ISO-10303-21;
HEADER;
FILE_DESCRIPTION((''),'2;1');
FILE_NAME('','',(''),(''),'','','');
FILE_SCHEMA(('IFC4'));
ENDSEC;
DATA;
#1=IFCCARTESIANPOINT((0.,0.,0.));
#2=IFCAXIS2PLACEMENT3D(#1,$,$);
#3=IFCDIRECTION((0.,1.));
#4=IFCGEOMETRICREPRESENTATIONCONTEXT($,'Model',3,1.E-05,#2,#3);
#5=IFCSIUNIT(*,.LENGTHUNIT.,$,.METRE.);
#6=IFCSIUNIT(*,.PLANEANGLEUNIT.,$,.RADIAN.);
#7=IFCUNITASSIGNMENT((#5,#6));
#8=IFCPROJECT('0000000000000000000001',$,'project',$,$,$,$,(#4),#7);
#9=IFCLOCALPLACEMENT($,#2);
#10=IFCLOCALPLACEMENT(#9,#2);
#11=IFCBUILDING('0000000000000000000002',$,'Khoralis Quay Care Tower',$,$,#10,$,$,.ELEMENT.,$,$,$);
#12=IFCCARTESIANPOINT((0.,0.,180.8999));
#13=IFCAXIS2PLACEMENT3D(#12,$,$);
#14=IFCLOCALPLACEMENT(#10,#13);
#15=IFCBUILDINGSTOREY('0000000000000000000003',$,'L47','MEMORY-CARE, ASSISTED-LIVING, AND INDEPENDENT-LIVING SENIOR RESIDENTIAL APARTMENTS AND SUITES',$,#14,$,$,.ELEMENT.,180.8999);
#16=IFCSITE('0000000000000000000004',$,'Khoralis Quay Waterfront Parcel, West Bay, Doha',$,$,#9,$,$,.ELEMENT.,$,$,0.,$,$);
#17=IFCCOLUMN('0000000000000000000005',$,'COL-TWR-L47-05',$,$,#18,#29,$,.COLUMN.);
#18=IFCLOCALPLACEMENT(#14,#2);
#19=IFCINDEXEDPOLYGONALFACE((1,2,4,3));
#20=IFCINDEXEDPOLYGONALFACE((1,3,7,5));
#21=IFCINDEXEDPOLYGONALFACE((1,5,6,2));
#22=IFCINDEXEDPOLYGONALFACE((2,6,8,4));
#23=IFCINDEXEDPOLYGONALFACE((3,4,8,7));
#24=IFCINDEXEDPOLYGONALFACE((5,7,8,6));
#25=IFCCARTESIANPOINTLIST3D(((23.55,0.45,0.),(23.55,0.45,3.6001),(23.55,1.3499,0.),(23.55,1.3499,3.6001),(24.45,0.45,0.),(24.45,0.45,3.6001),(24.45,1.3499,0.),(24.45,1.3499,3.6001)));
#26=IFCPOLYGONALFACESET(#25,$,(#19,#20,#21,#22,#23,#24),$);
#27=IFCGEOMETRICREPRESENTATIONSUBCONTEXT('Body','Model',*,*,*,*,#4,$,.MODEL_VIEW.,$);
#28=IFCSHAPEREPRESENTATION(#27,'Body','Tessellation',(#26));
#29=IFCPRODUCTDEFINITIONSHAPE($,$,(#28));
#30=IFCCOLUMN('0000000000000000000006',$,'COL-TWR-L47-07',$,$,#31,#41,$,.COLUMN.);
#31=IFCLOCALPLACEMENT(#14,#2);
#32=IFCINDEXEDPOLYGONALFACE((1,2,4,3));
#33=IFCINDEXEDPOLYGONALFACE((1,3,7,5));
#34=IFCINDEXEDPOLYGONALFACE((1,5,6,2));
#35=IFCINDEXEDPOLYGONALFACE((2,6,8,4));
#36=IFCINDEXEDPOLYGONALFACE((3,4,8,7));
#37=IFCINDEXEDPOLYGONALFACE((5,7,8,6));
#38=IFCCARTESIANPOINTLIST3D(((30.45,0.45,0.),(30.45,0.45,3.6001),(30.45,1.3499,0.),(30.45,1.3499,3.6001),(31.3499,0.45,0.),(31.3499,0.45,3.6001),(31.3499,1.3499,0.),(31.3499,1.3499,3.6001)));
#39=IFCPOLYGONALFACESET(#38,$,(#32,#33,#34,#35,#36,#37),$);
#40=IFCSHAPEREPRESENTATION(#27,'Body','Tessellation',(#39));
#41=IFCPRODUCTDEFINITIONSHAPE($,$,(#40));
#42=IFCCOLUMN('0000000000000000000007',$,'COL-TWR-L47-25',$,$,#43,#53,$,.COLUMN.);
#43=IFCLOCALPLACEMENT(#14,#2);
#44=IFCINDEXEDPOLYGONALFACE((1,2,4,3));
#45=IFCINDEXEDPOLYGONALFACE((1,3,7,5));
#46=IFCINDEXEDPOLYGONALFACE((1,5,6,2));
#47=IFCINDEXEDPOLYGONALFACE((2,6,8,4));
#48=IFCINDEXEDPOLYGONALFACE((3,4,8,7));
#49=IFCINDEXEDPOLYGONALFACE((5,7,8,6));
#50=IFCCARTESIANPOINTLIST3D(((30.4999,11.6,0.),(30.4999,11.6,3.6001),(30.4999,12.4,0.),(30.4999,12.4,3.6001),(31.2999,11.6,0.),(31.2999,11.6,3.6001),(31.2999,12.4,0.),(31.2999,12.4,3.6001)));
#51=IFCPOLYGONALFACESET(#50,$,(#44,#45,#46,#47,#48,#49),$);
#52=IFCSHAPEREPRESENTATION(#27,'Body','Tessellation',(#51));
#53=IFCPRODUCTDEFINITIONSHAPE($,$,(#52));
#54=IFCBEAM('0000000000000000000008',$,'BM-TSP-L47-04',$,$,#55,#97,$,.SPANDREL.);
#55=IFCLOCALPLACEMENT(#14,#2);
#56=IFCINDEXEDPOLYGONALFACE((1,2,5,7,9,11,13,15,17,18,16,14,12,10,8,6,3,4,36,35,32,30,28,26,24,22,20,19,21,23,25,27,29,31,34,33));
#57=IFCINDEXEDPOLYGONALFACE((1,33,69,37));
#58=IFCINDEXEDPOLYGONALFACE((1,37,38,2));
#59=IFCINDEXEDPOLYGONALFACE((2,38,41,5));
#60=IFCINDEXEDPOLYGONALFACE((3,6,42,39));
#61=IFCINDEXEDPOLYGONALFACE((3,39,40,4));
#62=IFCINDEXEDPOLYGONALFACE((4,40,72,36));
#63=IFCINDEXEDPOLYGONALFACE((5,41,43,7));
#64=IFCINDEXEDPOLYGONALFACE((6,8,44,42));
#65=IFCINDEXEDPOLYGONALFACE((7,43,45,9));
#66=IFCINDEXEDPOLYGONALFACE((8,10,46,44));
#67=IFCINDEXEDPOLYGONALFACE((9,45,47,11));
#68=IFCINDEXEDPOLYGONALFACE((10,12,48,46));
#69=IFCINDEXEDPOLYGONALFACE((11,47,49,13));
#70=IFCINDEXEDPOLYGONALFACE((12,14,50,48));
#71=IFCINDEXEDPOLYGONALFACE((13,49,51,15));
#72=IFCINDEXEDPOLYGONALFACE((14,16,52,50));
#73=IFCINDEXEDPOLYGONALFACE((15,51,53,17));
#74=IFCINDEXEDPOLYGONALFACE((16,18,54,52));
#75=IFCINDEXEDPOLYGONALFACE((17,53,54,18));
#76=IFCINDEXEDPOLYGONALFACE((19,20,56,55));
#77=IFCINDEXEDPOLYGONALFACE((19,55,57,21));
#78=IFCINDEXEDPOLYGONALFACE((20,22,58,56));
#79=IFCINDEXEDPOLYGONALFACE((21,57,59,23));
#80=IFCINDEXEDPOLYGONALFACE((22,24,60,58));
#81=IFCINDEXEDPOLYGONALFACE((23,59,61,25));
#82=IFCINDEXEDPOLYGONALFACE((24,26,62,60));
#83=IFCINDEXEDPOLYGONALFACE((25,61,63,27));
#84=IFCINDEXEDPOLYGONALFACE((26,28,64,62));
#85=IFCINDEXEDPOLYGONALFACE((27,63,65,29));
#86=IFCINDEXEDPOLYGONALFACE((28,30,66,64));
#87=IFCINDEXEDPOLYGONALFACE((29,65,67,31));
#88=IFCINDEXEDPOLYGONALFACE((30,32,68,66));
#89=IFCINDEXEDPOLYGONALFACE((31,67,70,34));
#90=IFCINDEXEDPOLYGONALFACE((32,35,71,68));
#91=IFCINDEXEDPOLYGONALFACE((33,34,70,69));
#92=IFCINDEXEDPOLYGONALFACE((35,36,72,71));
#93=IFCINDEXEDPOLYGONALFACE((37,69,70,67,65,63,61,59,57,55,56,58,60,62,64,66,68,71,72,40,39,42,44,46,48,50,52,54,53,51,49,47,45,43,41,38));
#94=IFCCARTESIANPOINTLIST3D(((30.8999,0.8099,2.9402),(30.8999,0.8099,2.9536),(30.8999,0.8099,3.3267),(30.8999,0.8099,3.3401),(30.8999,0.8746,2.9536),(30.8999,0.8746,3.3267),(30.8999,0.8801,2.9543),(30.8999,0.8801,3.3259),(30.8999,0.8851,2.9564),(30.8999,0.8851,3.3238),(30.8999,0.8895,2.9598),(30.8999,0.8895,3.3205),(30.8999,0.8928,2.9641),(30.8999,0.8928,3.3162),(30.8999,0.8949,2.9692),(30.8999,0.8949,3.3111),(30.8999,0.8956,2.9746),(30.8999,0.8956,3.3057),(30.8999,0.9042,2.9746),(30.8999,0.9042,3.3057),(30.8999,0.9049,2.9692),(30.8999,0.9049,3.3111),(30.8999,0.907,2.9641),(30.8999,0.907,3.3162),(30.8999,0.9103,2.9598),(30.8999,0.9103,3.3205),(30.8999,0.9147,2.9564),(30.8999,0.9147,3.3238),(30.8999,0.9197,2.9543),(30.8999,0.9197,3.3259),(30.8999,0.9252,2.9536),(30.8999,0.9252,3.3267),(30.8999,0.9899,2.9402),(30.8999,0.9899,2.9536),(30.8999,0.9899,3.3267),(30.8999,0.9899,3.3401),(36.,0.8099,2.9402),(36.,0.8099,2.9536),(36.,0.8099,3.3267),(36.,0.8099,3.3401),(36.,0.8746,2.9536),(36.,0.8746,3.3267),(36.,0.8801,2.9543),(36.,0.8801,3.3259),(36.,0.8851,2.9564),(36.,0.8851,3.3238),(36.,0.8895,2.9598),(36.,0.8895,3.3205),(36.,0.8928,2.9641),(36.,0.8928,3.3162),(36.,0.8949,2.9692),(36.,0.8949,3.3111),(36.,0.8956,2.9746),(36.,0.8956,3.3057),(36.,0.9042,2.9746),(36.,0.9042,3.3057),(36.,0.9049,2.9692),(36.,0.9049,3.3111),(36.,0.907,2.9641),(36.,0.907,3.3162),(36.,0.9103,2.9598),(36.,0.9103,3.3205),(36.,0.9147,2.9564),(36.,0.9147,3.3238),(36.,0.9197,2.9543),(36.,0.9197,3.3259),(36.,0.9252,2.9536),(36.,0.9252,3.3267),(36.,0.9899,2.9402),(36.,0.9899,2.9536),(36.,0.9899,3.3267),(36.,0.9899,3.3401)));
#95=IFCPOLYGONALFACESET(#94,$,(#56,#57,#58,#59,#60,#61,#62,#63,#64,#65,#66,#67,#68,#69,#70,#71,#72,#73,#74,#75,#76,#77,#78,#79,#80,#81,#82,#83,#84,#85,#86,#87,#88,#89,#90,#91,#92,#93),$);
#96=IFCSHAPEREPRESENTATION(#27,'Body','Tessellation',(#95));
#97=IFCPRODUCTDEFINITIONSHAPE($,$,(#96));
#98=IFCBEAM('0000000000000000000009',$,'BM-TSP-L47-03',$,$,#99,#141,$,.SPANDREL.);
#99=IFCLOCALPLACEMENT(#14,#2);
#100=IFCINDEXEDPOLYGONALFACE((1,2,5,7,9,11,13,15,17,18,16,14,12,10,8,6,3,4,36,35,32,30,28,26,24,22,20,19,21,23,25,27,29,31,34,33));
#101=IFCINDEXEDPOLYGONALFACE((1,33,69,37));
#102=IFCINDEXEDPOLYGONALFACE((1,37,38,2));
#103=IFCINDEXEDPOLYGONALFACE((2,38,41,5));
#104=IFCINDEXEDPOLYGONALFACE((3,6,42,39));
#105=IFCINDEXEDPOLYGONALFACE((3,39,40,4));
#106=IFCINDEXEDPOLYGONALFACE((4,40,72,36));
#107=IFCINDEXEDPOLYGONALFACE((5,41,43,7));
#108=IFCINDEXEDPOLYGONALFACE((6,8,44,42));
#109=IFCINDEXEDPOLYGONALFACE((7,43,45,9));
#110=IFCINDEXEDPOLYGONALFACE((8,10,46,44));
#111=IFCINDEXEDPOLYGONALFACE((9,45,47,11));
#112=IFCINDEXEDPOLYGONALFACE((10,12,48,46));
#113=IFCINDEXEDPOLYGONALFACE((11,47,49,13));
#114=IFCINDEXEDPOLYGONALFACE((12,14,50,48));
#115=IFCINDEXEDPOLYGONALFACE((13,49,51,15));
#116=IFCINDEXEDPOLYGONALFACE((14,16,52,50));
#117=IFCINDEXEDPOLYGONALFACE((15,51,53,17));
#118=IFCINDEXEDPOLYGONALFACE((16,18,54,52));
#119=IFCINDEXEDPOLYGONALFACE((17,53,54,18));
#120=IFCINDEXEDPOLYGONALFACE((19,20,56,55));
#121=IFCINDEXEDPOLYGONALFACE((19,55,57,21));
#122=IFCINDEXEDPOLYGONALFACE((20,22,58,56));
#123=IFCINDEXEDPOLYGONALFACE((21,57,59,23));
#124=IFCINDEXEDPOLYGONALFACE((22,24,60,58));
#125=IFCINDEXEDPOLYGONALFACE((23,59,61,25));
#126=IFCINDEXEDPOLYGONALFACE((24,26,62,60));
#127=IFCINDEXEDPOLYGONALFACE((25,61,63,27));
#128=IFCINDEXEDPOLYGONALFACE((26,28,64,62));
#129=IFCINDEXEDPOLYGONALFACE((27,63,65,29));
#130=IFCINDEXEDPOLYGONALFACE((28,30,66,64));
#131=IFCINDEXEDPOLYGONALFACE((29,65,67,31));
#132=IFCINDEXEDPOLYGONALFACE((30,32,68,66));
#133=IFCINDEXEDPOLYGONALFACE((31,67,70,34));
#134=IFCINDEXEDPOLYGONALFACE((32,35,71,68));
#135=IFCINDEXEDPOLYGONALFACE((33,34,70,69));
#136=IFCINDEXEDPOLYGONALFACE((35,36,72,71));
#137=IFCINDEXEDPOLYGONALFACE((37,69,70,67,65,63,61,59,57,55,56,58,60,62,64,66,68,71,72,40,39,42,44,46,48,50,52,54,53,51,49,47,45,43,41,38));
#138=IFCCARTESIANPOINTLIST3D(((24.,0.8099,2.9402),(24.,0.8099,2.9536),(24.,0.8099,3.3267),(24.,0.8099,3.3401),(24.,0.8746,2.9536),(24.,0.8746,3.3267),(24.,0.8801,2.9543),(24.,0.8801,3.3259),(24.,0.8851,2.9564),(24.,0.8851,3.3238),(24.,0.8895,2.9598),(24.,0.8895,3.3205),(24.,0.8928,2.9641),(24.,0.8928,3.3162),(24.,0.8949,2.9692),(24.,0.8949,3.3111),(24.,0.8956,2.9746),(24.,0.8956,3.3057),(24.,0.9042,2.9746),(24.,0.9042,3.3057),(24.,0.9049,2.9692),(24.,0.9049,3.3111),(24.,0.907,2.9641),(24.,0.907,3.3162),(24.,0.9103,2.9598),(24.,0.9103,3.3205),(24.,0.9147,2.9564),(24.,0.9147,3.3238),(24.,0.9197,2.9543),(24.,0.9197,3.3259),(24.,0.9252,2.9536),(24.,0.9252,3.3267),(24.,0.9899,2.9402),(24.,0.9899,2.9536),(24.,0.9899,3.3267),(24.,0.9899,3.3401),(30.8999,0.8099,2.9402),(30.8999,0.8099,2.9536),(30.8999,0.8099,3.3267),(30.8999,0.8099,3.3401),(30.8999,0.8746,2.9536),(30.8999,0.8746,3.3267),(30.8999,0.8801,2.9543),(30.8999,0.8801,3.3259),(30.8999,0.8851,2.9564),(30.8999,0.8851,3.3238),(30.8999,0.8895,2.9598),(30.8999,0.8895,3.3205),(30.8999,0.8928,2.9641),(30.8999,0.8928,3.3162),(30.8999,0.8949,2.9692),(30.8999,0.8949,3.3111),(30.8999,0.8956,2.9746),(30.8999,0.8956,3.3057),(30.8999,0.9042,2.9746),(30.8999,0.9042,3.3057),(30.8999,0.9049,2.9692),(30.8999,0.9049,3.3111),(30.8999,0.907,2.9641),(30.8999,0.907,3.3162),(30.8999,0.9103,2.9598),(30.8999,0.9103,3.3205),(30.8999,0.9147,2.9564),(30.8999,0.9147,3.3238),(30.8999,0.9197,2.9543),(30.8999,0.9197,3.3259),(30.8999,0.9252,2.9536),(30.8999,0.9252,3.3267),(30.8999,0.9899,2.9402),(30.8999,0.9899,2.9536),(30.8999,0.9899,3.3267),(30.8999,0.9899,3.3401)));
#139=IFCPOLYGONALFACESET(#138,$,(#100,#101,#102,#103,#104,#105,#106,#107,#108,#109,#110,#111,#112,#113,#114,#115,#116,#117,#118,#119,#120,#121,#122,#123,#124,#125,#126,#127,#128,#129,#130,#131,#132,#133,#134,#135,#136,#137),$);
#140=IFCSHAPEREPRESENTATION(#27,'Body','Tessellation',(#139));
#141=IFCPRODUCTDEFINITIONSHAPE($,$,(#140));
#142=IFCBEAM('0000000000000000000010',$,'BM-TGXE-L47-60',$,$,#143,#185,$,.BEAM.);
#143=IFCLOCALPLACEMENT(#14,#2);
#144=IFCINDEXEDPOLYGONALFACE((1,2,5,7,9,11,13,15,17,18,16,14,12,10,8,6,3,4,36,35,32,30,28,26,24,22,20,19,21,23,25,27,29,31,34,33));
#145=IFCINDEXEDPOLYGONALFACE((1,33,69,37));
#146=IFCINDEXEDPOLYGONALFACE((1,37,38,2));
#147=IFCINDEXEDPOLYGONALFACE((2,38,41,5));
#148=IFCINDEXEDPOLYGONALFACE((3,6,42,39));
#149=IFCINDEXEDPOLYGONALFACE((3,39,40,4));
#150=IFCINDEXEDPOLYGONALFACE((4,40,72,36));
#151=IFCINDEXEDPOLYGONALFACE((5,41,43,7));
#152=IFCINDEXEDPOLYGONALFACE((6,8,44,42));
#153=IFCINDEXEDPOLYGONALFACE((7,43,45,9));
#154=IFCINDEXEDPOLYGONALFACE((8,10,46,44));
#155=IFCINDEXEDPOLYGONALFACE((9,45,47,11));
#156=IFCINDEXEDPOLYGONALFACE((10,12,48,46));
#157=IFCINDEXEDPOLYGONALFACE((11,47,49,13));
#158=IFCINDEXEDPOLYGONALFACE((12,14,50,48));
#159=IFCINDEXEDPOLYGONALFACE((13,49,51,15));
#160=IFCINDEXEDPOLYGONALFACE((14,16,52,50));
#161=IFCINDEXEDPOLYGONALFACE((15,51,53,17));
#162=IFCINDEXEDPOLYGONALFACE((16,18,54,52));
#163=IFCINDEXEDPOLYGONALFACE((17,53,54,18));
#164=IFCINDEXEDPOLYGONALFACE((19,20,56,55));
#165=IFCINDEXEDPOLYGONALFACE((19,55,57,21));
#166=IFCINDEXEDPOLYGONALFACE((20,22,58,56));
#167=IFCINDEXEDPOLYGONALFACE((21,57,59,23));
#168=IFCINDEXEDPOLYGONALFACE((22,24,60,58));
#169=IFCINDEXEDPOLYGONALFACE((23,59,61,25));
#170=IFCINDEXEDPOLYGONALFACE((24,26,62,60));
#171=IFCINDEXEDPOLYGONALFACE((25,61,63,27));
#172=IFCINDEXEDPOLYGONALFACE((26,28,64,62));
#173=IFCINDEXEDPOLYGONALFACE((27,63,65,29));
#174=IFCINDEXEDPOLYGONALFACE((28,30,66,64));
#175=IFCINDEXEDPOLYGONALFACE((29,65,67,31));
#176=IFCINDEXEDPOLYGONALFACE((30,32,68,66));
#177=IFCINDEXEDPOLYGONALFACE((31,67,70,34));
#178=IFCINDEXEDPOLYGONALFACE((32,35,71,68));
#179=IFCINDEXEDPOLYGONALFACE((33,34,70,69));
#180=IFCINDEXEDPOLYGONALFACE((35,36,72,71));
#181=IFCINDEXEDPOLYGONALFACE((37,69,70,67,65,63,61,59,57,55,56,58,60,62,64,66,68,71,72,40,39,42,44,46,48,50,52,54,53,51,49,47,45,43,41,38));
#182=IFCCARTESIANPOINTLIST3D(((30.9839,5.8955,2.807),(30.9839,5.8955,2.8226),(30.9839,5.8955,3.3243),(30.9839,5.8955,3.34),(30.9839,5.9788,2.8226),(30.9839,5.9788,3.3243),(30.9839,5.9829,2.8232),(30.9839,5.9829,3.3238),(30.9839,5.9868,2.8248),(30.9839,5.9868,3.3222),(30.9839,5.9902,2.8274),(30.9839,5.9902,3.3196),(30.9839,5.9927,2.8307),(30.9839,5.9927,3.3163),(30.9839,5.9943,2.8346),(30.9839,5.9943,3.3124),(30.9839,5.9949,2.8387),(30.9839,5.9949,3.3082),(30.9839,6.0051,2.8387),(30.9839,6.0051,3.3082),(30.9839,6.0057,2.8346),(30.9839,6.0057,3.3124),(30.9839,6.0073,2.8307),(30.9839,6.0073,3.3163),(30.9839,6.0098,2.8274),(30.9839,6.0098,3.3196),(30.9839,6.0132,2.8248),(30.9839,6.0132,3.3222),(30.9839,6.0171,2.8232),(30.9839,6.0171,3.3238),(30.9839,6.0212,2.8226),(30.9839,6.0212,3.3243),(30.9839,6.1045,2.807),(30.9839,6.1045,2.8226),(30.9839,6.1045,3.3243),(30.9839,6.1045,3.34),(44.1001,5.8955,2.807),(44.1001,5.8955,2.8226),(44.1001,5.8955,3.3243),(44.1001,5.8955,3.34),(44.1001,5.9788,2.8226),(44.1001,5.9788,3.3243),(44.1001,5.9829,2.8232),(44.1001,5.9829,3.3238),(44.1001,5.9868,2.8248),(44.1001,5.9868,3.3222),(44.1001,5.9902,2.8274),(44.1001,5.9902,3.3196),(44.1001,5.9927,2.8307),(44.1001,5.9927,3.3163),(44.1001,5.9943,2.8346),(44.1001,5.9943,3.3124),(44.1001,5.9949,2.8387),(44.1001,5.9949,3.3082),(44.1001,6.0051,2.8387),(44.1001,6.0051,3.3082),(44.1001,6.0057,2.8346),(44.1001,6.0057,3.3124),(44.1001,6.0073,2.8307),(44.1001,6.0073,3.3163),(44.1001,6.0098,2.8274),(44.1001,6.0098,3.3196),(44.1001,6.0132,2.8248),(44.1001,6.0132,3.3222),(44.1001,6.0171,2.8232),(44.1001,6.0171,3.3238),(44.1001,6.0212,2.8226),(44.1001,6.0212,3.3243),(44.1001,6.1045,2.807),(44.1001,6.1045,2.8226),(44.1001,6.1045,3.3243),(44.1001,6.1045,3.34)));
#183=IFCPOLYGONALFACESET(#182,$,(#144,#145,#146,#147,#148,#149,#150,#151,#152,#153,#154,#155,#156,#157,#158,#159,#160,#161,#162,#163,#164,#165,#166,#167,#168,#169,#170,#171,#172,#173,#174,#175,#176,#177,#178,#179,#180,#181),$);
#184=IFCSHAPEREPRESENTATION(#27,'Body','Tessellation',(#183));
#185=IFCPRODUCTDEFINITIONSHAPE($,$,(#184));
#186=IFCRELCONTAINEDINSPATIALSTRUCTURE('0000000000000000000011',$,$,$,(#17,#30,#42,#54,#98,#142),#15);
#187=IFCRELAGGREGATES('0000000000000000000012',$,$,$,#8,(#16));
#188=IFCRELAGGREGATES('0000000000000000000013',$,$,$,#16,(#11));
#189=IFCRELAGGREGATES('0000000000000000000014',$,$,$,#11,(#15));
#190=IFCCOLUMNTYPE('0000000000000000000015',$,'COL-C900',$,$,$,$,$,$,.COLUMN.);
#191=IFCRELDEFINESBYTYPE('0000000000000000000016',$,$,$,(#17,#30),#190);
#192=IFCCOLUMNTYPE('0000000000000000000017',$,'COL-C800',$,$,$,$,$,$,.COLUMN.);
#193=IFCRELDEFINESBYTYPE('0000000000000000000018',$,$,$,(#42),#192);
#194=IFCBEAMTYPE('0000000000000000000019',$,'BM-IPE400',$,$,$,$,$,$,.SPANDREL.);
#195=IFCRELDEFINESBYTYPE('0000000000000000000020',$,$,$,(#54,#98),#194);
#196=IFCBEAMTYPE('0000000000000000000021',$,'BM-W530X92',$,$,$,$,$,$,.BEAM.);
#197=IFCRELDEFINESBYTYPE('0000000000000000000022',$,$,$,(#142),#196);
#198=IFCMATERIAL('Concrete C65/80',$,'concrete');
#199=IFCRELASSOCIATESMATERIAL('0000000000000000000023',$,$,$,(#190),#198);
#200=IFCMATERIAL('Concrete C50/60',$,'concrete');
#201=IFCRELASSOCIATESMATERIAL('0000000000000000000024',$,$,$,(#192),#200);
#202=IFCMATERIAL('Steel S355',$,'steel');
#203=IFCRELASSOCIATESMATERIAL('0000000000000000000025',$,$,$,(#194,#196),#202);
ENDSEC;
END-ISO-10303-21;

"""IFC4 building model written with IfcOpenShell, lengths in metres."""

from ifc_helpers import new_model, si_unit, direction, frame, origin, origin_2d, place, context, subcontext, project, spatial, rectangle, i_section, extrude, source, transform, mapped, material, material_profile, profile_set, type_object, element, save


model = new_model("IFC4")

# Units and contexts
model_context = context("Model", 3, precision=1e-05, world=origin(), true_north=direction((0.0, 1.0)))
body_context = subcontext(model_context, "Body", "Model", "MODEL_VIEW")
ifc_project = project(units=[si_unit("LENGTHUNIT", "METRE"), si_unit("PLANEANGLEUNIT", "RADIAN")], contexts=[model_context])

# Site, building, storey
site_placement = place(None, origin())
site = spatial("IfcSite", under=ifc_project, at=site_placement, Name="Khoralis Quay Waterfront Parcel, West Bay, Doha", CompositionType="ELEMENT", RefElevation=0.0)
building_placement = place(site_placement, origin())
building = spatial("IfcBuilding", under=site, at=building_placement, Name="Khoralis Quay Care Tower", CompositionType="ELEMENT")
storey_placement = place(building_placement, frame((0.0, 0.0, 180.8999)))
storey = spatial("IfcBuildingStorey", under=building, at=storey_placement, Name="L47", Description="MEMORY-CARE, ASSISTED-LIVING, AND INDEPENDENT-LIVING SENIOR RESIDENTIAL APARTMENTS AND SUITES", CompositionType="ELEMENT", Elevation=180.8999)

# Columns
ifc_material_1 = material(Name="Concrete C65/80", Category="concrete")
ifc_material_profile_1 = material_profile(ifc_material_1, rectangle(XDim=0.8999, YDim=0.8999, at=origin_2d()), Name="Concrete C65/80")
ifc_profile_set_1 = profile_set([ifc_material_profile_1], Name="Concrete C65/80")
column_type_1 = type_object("IfcColumnType", Name="COL-C900", PredefinedType="COLUMN", material=ifc_profile_set_1)
shared_shape_1 = source(origin(), body_context, "Body", "SweptSolid", [
    extrude(rectangle(XDim=0.8999, YDim=0.8999, at=origin_2d()), origin(), (0.0, 0.0, 1.0), 3.6001),
])
for number, where, z_axis, x_axis, name in (
    (1, (24.0, 0.8999, 0.0), (0.0, 0.0, 1.0), (1.0, 0.0, 0.0), "COL-TWR-L47-05"),
    (2, (30.8999, 0.8999, 0.0), (0.0, 0.0, 1.0), (1.0, 0.0, 0.0), "COL-TWR-L47-07"),
):
    element("IfcColumn", number, at=place(storey_placement, frame(where, z_axis=z_axis, x_axis=x_axis)), inside=storey, type_object=column_type_1, Name=name, PredefinedType="COLUMN", context=body_context, shape_type="MappedRepresentation", body=[
        mapped(shared_shape_1, transform((0.0, 0.0, 0.0), scale=1.0)),
    ])
ifc_material_2 = material(Name="Concrete C50/60", Category="concrete")
ifc_material_profile_2 = material_profile(ifc_material_2, rectangle(XDim=0.8, YDim=0.8, at=origin_2d()), Name="Concrete C50/60")
ifc_profile_set_2 = profile_set([ifc_material_profile_2], Name="Concrete C50/60")
column_type_2 = type_object("IfcColumnType", Name="COL-C800", PredefinedType="COLUMN", material=ifc_profile_set_2)
shared_shape_2 = source(origin(), body_context, "Body", "SweptSolid", [
    extrude(rectangle(XDim=0.8, YDim=0.8, at=origin_2d()), origin(), (0.0, 0.0, 1.0), 3.6001),
])
column_placement = place(storey_placement, frame((30.8999, 12.0, 0.0), z_axis=(0.0, 0.0, 1.0), x_axis=(1.0, 0.0, 0.0)))
element("IfcColumn", 3, at=column_placement, inside=storey, type_object=column_type_2, Name="COL-TWR-L47-25", PredefinedType="COLUMN", context=body_context, shape_type="MappedRepresentation", body=[
    mapped(shared_shape_2, transform((0.0, 0.0, 0.0), scale=1.0)),
])

# Beams
ifc_material_3 = material(Name="Steel S355", Category="steel")
ifc_material_profile_3 = material_profile(ifc_material_3, i_section(OverallWidth=0.1799, OverallDepth=0.3999, WebThickness=0.0085, FlangeThickness=0.0134, FilletRadius=0.021, at=origin_2d()), Name="Steel S355")
ifc_profile_set_3 = profile_set([ifc_material_profile_3], Name="Steel S355")
beam_type_1 = type_object("IfcBeamType", Name="BM-IPE400", PredefinedType="SPANDREL", material=ifc_profile_set_3)
shared_shape_3 = source(origin(), body_context, "Body", "SweptSolid", [
    extrude(i_section(OverallWidth=0.1799, OverallDepth=0.3999, WebThickness=0.0085, FlangeThickness=0.0134, FilletRadius=0.021, at=origin_2d()), origin(), (0.0, 0.0, 1.0), 5.1001),
])
beam_1_placement = place(storey_placement, frame((30.8999, 0.8999, 3.1401), z_axis=(1.0, 0.0, 0.0), x_axis=(0.0, 1.0, 0.0)))
element("IfcBeam", 4, at=beam_1_placement, inside=storey, type_object=beam_type_1, Name="BM-TSP-L47-04", PredefinedType="SPANDREL", context=body_context, shape_type="MappedRepresentation", body=[
    mapped(shared_shape_3, transform((0.0, 0.0, 0.0), scale=1.0)),
])
shared_shape_4 = source(origin(), body_context, "Body", "SweptSolid", [
    extrude(i_section(OverallWidth=0.1799, OverallDepth=0.3999, WebThickness=0.0085, FlangeThickness=0.0134, FilletRadius=0.021, at=origin_2d()), origin(), (0.0, 0.0, 1.0), 6.8999),
])
beam_2_placement = place(storey_placement, frame((24.0, 0.8999, 3.1401), z_axis=(1.0, 0.0, 0.0), x_axis=(0.0, 1.0, 0.0)))
element("IfcBeam", 5, at=beam_2_placement, inside=storey, type_object=beam_type_1, Name="BM-TSP-L47-03", PredefinedType="SPANDREL", context=body_context, shape_type="MappedRepresentation", body=[
    mapped(shared_shape_4, transform((0.0, 0.0, 0.0), scale=1.0)),
])
ifc_material_profile_4 = material_profile(ifc_material_3, i_section(OverallWidth=0.209, OverallDepth=0.533, WebThickness=0.0103, FlangeThickness=0.0156, FilletRadius=0.0161, at=origin_2d()), Name="Steel S355")
ifc_profile_set_4 = profile_set([ifc_material_profile_4], Name="Steel S355")
beam_type_2 = type_object("IfcBeamType", Name="BM-W530X92", PredefinedType="BEAM", material=ifc_profile_set_4)
shared_shape_5 = source(origin(), body_context, "Body", "SweptSolid", [
    extrude(i_section(OverallWidth=0.209, OverallDepth=0.533, WebThickness=0.0103, FlangeThickness=0.0156, FilletRadius=0.0161, at=origin_2d()), origin(), (0.0, 0.0, 1.0), 13.1162),
])
beam_3_placement = place(storey_placement, frame((30.9839, 6.0, 3.0735), z_axis=(1.0, 0.0, 0.0), x_axis=(0.0, 1.0, 0.0)))
element("IfcBeam", 6, at=beam_3_placement, inside=storey, type_object=beam_type_2, Name="BM-TGXE-L47-60", PredefinedType="BEAM", context=body_context, shape_type="MappedRepresentation", body=[
    mapped(shared_shape_5, transform((0.0, 0.0, 0.0), scale=1.0)),
])

save(model, "model.ifc")
